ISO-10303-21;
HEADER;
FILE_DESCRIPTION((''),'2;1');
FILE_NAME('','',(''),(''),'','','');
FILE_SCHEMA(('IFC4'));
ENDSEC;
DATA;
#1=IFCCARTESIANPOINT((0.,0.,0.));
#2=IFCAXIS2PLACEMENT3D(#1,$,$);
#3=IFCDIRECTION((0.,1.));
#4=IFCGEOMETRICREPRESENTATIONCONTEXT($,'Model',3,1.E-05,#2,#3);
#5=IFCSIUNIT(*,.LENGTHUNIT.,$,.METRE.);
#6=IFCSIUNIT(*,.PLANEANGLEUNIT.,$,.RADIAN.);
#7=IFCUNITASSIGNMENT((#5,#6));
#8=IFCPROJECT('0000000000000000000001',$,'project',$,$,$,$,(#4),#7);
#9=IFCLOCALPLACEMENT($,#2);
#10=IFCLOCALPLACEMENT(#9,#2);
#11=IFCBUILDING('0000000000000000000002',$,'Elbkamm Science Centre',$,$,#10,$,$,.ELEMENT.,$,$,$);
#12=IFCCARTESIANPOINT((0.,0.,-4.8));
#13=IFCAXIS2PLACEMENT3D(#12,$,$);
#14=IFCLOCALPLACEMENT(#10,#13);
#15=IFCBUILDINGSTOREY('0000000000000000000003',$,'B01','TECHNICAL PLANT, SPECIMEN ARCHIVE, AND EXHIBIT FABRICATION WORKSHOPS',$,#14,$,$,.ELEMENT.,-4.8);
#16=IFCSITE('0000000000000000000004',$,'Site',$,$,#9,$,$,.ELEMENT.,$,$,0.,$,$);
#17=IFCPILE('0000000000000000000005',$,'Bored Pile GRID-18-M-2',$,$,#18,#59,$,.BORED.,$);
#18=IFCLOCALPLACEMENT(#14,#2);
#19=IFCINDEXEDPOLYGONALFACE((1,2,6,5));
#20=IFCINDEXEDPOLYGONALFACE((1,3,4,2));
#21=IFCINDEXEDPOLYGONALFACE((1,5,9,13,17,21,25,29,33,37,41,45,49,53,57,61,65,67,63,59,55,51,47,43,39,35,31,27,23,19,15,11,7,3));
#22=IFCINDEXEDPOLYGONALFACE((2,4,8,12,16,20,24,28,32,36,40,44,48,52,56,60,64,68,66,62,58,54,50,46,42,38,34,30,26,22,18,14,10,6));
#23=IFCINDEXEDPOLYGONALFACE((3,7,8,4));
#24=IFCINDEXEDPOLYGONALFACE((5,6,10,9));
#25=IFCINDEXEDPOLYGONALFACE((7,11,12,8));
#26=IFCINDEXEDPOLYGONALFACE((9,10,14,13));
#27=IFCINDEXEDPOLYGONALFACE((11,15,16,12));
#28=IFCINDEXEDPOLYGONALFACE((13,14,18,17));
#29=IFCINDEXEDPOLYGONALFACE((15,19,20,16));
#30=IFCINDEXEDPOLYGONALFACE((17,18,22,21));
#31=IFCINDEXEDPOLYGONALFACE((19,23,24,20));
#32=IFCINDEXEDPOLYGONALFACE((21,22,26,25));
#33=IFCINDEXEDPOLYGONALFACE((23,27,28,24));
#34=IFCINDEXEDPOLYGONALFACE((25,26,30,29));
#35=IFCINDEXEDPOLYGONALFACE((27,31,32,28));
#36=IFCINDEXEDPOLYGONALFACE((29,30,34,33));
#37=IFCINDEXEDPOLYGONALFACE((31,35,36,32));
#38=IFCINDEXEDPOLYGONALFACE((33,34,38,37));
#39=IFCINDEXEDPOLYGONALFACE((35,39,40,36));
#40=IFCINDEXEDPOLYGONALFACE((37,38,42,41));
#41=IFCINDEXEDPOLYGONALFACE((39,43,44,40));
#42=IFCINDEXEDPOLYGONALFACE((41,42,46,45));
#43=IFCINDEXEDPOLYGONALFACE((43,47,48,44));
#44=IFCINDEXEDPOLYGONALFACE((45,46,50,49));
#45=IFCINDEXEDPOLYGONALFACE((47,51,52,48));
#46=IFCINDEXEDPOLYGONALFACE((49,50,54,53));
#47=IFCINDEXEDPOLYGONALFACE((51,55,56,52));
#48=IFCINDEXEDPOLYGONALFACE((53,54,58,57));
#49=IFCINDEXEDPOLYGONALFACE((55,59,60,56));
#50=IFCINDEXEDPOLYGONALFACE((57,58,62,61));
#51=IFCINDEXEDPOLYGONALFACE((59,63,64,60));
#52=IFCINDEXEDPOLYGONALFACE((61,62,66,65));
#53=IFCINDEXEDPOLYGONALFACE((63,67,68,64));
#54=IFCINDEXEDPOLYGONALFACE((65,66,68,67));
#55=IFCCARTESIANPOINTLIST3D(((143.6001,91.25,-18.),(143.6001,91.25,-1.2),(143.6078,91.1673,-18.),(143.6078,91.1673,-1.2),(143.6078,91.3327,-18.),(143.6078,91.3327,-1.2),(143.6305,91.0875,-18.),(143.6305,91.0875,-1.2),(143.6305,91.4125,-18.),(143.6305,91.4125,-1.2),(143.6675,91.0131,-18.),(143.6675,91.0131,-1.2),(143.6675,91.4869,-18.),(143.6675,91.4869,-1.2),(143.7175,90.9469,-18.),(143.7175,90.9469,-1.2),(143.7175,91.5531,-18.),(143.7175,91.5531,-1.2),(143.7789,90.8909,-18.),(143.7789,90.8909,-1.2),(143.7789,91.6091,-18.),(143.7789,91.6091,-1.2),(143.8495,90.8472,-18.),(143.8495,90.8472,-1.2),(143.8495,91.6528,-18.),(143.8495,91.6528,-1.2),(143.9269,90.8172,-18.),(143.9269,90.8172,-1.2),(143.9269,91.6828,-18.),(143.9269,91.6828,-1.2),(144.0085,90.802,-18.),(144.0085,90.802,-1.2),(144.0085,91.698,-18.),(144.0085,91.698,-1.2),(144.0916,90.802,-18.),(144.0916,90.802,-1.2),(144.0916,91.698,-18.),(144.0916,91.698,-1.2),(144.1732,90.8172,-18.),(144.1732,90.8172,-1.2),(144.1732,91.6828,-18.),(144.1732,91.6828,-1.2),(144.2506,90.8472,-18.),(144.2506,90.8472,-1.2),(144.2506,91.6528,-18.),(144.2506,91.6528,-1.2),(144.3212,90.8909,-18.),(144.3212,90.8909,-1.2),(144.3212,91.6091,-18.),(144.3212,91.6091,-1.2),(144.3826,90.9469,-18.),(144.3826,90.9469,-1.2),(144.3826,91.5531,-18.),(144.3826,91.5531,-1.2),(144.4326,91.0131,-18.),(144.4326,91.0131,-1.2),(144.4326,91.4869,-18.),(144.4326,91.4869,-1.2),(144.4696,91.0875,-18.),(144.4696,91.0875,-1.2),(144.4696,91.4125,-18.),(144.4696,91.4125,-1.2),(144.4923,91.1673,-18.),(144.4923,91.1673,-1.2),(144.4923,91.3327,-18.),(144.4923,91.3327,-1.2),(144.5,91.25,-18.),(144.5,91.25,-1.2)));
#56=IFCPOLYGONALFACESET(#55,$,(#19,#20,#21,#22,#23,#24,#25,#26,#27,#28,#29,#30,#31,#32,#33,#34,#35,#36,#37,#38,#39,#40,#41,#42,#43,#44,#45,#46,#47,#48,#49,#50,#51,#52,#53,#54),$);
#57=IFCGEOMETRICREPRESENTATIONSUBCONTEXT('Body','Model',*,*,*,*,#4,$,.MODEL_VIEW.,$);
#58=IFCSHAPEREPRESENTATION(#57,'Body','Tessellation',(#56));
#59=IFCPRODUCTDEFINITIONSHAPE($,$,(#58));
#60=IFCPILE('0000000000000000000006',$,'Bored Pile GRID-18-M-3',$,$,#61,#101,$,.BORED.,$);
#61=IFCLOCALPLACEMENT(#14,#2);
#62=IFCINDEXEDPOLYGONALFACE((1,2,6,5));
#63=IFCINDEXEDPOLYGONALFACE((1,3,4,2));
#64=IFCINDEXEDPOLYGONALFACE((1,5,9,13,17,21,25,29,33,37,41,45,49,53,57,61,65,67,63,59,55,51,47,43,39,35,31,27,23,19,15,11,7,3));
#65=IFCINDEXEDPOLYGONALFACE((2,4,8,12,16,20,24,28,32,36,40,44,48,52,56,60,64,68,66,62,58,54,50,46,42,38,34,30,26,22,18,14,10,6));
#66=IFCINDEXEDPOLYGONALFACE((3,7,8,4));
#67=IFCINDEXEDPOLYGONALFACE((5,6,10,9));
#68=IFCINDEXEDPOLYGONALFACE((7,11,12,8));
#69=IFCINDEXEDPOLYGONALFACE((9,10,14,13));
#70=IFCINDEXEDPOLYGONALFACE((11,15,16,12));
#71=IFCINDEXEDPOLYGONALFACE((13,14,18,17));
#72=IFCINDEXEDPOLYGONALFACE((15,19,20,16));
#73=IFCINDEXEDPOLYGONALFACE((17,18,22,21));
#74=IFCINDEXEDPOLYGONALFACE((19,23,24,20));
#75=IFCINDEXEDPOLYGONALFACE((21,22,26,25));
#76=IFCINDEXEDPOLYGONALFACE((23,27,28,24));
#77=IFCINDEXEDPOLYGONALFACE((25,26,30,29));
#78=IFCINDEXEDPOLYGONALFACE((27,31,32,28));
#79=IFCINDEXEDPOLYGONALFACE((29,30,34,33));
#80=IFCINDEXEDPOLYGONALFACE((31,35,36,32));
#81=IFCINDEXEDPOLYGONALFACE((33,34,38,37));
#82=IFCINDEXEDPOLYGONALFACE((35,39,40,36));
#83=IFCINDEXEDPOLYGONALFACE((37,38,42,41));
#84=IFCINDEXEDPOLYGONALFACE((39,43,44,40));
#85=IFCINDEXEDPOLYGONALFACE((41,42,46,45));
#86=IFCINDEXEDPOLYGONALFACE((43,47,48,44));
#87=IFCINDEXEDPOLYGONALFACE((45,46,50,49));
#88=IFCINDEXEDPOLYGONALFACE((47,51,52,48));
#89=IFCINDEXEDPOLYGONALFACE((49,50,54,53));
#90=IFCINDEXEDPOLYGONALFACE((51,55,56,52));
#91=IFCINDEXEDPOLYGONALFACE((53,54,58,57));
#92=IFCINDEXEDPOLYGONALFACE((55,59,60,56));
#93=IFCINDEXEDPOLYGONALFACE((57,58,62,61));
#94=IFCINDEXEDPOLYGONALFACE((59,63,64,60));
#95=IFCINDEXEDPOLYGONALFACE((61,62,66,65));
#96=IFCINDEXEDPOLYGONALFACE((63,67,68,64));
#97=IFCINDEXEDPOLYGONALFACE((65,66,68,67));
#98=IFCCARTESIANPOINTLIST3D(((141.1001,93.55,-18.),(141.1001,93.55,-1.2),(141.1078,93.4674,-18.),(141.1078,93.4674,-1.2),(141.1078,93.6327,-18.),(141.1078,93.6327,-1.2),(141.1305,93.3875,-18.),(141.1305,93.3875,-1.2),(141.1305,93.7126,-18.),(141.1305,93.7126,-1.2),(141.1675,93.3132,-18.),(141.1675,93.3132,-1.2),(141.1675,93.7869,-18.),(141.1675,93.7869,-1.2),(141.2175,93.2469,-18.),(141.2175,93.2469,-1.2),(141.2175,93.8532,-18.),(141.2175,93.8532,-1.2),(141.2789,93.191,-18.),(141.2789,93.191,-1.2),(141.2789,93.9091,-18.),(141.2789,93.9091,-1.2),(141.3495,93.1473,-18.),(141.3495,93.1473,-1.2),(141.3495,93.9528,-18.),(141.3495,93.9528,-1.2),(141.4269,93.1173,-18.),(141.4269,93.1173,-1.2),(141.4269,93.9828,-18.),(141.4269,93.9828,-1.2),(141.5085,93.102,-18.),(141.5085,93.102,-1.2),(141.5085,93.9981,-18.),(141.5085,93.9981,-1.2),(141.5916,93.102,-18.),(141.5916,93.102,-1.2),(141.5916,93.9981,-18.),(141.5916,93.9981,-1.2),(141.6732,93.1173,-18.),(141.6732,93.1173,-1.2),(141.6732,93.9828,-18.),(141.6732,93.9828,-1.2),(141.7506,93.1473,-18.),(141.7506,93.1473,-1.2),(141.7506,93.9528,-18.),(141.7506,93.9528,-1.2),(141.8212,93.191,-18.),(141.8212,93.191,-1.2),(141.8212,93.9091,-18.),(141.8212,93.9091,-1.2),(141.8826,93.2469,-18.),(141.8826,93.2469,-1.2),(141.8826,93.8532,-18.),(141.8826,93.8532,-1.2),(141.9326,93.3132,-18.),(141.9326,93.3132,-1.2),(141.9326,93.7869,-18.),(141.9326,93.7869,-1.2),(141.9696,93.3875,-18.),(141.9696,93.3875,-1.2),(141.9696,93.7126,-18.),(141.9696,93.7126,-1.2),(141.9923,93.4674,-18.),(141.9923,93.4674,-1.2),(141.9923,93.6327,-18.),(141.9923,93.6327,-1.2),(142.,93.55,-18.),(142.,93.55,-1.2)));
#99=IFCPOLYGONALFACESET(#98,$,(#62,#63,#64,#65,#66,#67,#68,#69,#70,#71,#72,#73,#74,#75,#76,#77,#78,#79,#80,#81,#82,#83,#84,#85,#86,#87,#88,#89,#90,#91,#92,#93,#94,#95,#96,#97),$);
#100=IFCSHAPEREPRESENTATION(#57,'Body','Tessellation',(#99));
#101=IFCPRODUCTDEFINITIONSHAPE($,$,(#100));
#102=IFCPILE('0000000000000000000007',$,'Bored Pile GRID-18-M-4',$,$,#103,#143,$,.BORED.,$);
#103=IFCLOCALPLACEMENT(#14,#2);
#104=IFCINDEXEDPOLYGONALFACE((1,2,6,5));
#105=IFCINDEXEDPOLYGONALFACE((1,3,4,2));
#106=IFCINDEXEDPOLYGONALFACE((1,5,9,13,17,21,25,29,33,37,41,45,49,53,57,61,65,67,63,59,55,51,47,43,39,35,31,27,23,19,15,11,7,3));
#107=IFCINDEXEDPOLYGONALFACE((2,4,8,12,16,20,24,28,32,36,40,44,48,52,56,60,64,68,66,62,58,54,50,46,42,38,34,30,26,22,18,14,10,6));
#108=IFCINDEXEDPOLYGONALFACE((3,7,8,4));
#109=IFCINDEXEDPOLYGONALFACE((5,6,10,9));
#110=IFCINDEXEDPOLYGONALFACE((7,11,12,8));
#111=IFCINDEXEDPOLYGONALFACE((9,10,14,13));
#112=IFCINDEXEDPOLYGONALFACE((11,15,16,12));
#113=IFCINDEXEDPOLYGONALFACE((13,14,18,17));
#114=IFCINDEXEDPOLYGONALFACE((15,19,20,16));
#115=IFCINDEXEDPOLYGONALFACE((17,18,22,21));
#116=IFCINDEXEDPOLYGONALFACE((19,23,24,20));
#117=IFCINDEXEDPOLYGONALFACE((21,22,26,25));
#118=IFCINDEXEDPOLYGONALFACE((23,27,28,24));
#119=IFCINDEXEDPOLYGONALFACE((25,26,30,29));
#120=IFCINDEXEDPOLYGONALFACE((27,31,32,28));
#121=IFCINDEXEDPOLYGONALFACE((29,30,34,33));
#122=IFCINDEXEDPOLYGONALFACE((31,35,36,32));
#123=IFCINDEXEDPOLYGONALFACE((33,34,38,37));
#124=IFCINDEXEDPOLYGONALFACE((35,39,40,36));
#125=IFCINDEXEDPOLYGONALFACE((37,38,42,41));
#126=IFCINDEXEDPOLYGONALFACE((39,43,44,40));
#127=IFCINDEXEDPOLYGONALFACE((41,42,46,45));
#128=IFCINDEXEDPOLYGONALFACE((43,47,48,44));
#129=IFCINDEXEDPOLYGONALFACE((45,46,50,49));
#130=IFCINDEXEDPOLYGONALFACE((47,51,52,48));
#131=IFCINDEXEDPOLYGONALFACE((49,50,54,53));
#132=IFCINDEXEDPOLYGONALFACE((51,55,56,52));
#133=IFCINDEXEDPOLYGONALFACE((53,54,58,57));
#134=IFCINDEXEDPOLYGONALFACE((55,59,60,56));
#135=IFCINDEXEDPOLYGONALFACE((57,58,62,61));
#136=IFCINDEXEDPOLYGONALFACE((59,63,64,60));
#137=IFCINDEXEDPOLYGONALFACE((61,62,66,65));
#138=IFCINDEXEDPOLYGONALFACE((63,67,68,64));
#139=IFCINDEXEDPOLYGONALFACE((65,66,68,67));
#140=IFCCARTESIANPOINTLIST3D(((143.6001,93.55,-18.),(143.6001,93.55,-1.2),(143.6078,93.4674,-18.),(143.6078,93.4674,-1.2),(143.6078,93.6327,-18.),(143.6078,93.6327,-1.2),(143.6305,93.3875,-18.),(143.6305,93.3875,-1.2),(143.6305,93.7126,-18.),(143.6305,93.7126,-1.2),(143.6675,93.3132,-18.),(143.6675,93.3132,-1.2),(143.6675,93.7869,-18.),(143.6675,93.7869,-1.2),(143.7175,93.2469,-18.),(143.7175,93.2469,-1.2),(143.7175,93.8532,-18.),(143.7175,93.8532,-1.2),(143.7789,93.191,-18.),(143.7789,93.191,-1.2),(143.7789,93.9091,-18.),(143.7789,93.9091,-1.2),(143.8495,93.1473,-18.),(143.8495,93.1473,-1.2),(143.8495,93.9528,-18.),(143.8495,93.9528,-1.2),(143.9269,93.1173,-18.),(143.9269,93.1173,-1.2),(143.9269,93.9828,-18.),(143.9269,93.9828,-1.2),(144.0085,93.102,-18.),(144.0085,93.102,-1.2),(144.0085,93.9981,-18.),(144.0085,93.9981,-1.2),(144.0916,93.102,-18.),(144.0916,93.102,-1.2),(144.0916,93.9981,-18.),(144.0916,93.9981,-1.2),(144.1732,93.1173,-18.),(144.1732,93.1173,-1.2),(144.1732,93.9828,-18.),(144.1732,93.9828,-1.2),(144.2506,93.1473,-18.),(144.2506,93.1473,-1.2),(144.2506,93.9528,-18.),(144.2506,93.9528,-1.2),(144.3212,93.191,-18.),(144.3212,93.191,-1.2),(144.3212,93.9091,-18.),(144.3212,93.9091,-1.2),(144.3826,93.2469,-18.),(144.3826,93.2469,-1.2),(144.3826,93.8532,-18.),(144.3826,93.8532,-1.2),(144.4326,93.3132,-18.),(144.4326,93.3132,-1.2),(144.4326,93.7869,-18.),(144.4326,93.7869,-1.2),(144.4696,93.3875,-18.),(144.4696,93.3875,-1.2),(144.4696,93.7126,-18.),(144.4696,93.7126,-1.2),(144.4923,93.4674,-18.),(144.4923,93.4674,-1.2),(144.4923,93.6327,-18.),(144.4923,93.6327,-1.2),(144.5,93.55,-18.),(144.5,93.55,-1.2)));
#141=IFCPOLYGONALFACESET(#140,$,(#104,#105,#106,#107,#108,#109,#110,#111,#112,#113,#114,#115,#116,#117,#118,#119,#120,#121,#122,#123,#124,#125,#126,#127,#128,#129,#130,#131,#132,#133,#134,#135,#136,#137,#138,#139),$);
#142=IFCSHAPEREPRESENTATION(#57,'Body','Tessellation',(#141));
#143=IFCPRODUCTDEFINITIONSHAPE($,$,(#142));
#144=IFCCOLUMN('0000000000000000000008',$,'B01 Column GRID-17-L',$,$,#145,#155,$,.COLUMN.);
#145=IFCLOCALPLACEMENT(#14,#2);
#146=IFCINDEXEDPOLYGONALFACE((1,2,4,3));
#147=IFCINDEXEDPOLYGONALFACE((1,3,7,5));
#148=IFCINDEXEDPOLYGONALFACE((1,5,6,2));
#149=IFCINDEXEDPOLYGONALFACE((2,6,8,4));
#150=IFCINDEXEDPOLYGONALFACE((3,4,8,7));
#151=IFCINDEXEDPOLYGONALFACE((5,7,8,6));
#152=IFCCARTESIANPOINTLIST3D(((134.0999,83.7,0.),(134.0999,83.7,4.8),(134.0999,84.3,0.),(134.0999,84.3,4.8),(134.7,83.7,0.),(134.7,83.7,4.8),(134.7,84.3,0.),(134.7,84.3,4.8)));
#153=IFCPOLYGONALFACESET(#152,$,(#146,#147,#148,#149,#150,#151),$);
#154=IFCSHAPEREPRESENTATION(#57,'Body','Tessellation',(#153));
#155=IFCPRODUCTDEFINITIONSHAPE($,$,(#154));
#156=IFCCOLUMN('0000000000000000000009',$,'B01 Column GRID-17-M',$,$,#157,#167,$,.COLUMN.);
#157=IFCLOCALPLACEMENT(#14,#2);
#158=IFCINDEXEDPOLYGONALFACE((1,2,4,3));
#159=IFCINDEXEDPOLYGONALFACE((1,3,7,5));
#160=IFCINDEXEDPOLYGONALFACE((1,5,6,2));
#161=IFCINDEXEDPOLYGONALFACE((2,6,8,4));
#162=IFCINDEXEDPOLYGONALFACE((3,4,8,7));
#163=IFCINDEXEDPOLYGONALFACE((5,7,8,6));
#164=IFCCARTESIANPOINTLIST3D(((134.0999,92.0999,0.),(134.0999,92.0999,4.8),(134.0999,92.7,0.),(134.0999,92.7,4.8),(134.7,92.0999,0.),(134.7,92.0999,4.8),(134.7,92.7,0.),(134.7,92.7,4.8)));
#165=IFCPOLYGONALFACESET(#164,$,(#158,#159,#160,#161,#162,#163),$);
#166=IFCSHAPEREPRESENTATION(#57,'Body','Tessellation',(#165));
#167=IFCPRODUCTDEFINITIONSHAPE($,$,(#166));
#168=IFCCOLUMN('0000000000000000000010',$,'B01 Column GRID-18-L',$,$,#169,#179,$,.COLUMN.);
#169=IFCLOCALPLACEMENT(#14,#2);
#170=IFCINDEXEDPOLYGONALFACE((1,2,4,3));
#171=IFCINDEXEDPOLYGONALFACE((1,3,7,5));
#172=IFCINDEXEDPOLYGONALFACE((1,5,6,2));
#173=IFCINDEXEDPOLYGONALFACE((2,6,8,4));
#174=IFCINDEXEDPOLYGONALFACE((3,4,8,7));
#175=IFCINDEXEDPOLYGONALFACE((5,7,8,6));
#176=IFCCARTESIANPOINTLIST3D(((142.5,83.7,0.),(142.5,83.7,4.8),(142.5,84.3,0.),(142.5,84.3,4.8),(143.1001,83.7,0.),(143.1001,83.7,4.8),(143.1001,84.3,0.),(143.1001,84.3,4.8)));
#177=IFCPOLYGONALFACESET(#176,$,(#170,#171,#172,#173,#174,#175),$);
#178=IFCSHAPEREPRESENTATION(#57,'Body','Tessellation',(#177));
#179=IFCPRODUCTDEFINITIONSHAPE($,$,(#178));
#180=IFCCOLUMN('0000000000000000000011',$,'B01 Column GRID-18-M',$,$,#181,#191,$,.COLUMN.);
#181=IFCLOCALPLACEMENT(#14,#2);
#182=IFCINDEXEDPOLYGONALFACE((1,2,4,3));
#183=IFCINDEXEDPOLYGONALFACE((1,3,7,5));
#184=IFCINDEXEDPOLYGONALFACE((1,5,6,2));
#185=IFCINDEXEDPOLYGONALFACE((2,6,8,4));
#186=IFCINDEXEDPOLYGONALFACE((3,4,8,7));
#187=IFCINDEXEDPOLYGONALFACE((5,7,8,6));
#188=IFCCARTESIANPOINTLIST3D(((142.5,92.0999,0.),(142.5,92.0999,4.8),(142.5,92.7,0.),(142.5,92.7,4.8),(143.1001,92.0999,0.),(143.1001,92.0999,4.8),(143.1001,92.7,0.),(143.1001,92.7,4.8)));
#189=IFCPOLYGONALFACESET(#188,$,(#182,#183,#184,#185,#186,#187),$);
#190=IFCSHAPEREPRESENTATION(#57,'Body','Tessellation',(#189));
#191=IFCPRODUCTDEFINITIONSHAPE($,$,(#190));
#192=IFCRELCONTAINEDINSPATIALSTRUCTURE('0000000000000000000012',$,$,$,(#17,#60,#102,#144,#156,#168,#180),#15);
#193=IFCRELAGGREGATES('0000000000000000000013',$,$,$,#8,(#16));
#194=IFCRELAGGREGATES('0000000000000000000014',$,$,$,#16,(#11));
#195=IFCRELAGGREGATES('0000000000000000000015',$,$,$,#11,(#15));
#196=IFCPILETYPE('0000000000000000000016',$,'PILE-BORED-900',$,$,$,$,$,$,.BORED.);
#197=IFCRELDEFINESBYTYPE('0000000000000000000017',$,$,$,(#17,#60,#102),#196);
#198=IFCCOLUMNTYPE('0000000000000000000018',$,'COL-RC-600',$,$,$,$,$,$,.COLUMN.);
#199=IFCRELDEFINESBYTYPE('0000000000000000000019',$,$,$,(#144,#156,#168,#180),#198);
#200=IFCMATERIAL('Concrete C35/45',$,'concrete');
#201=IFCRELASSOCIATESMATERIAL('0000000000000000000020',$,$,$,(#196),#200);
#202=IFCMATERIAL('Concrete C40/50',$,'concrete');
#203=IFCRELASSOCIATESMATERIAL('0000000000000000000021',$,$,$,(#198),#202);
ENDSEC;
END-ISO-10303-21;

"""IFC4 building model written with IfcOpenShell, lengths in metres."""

from ifc_helpers import new_model, si_unit, direction, frame, origin, origin_2d, place, context, subcontext, project, spatial, rectangle, circle, extrude, material, material_profile, profile_set, type_object, element, save


model = new_model("IFC4")

# Units and contexts
model_context = context("Model", 3, precision=1e-05, world=origin(), true_north=direction((0.0, 1.0)))
body_context = subcontext(model_context, "Body", "Model", "MODEL_VIEW")
ifc_project = project(units=[si_unit("LENGTHUNIT", "METRE"), si_unit("PLANEANGLEUNIT", "RADIAN")], contexts=[model_context])

# Site, building, storey
site_placement = place(None, origin())
site = spatial("IfcSite", under=ifc_project, at=site_placement, Name="Site", CompositionType="ELEMENT", RefElevation=0.0)
building_placement = place(site_placement, origin())
building = spatial("IfcBuilding", under=site, at=building_placement, Name="Elbkamm Science Centre", CompositionType="ELEMENT")
storey_placement = place(building_placement, frame((0.0, 0.0, -4.8)))
storey = spatial("IfcBuildingStorey", under=building, at=storey_placement, Name="B01", Description="TECHNICAL PLANT, SPECIMEN ARCHIVE, AND EXHIBIT FABRICATION WORKSHOPS", CompositionType="ELEMENT", Elevation=-4.8)

# Shared definitions
ifc_material_1 = material(Name="Concrete C35/45", Category="concrete")

# Piles
ifc_material_profile_1 = material_profile(ifc_material_1, circle(Radius=0.45, at=origin_2d()), Name="PILE D900")
ifc_profile_set_1 = profile_set([ifc_material_profile_1], Name="Concrete C35/45")
pile_type = type_object("IfcPileType", Name="PILE-BORED-900", PredefinedType="BORED", material=ifc_profile_set_1)
for number, where, z_axis, x_axis, name in (
    (1, (144.05, 91.25, -1.2), (0.0, 0.0, -1.0), (1.0, 0.0, 0.0), "Bored Pile GRID-18-M-2"),
    (2, (141.55, 93.55, -1.2), (0.0, 0.0, -1.0), (1.0, 0.0, 0.0), "Bored Pile GRID-18-M-3"),
    (3, (144.05, 93.55, -1.2), (0.0, 0.0, -1.0), (1.0, 0.0, 0.0), "Bored Pile GRID-18-M-4"),
):
    element("IfcPile", number, at=place(storey_placement, frame(where, z_axis=z_axis, x_axis=x_axis)), inside=storey, type_object=pile_type, Name=name, PredefinedType="BORED", context=body_context, shape_type="SweptSolid", body=[
        extrude(circle(Radius=0.45, at=origin_2d()), origin(), (0.0, 0.0, 1.0), 16.8),
    ])

# Columns
ifc_material_2 = material(Name="Concrete C40/50", Category="concrete")
ifc_material_profile_2 = material_profile(ifc_material_2, rectangle(XDim=0.6001, YDim=0.6001, at=origin_2d()), Name="RC 600x600")
ifc_profile_set_2 = profile_set([ifc_material_profile_2], Name="Concrete C40/50")
column_type = type_object("IfcColumnType", Name="COL-RC-600", PredefinedType="COLUMN", material=ifc_profile_set_2)
for number, where, z_axis, x_axis, name in (
    (4, (134.3999, 84.0, 0.0), (0.0, 0.0, 1.0), (1.0, 0.0, 0.0), "B01 Column GRID-17-L"),
    (5, (134.3999, 92.3999, 0.0), (0.0, 0.0, 1.0), (1.0, 0.0, 0.0), "B01 Column GRID-17-M"),
    (6, (142.8, 84.0, 0.0), (0.0, 0.0, 1.0), (1.0, 0.0, 0.0), "B01 Column GRID-18-L"),
    (7, (142.8, 92.3999, 0.0), (0.0, 0.0, 1.0), (1.0, 0.0, 0.0), "B01 Column GRID-18-M"),
):
    element("IfcColumn", number, at=place(storey_placement, frame(where, z_axis=z_axis, x_axis=x_axis)), inside=storey, type_object=column_type, Name=name, PredefinedType="COLUMN", context=body_context, shape_type="SweptSolid", body=[
        extrude(rectangle(XDim=0.6001, YDim=0.6001, at=origin_2d()), origin(), (0.0, 0.0, 1.0), 4.8),
    ])

save(model, "model.ifc")
